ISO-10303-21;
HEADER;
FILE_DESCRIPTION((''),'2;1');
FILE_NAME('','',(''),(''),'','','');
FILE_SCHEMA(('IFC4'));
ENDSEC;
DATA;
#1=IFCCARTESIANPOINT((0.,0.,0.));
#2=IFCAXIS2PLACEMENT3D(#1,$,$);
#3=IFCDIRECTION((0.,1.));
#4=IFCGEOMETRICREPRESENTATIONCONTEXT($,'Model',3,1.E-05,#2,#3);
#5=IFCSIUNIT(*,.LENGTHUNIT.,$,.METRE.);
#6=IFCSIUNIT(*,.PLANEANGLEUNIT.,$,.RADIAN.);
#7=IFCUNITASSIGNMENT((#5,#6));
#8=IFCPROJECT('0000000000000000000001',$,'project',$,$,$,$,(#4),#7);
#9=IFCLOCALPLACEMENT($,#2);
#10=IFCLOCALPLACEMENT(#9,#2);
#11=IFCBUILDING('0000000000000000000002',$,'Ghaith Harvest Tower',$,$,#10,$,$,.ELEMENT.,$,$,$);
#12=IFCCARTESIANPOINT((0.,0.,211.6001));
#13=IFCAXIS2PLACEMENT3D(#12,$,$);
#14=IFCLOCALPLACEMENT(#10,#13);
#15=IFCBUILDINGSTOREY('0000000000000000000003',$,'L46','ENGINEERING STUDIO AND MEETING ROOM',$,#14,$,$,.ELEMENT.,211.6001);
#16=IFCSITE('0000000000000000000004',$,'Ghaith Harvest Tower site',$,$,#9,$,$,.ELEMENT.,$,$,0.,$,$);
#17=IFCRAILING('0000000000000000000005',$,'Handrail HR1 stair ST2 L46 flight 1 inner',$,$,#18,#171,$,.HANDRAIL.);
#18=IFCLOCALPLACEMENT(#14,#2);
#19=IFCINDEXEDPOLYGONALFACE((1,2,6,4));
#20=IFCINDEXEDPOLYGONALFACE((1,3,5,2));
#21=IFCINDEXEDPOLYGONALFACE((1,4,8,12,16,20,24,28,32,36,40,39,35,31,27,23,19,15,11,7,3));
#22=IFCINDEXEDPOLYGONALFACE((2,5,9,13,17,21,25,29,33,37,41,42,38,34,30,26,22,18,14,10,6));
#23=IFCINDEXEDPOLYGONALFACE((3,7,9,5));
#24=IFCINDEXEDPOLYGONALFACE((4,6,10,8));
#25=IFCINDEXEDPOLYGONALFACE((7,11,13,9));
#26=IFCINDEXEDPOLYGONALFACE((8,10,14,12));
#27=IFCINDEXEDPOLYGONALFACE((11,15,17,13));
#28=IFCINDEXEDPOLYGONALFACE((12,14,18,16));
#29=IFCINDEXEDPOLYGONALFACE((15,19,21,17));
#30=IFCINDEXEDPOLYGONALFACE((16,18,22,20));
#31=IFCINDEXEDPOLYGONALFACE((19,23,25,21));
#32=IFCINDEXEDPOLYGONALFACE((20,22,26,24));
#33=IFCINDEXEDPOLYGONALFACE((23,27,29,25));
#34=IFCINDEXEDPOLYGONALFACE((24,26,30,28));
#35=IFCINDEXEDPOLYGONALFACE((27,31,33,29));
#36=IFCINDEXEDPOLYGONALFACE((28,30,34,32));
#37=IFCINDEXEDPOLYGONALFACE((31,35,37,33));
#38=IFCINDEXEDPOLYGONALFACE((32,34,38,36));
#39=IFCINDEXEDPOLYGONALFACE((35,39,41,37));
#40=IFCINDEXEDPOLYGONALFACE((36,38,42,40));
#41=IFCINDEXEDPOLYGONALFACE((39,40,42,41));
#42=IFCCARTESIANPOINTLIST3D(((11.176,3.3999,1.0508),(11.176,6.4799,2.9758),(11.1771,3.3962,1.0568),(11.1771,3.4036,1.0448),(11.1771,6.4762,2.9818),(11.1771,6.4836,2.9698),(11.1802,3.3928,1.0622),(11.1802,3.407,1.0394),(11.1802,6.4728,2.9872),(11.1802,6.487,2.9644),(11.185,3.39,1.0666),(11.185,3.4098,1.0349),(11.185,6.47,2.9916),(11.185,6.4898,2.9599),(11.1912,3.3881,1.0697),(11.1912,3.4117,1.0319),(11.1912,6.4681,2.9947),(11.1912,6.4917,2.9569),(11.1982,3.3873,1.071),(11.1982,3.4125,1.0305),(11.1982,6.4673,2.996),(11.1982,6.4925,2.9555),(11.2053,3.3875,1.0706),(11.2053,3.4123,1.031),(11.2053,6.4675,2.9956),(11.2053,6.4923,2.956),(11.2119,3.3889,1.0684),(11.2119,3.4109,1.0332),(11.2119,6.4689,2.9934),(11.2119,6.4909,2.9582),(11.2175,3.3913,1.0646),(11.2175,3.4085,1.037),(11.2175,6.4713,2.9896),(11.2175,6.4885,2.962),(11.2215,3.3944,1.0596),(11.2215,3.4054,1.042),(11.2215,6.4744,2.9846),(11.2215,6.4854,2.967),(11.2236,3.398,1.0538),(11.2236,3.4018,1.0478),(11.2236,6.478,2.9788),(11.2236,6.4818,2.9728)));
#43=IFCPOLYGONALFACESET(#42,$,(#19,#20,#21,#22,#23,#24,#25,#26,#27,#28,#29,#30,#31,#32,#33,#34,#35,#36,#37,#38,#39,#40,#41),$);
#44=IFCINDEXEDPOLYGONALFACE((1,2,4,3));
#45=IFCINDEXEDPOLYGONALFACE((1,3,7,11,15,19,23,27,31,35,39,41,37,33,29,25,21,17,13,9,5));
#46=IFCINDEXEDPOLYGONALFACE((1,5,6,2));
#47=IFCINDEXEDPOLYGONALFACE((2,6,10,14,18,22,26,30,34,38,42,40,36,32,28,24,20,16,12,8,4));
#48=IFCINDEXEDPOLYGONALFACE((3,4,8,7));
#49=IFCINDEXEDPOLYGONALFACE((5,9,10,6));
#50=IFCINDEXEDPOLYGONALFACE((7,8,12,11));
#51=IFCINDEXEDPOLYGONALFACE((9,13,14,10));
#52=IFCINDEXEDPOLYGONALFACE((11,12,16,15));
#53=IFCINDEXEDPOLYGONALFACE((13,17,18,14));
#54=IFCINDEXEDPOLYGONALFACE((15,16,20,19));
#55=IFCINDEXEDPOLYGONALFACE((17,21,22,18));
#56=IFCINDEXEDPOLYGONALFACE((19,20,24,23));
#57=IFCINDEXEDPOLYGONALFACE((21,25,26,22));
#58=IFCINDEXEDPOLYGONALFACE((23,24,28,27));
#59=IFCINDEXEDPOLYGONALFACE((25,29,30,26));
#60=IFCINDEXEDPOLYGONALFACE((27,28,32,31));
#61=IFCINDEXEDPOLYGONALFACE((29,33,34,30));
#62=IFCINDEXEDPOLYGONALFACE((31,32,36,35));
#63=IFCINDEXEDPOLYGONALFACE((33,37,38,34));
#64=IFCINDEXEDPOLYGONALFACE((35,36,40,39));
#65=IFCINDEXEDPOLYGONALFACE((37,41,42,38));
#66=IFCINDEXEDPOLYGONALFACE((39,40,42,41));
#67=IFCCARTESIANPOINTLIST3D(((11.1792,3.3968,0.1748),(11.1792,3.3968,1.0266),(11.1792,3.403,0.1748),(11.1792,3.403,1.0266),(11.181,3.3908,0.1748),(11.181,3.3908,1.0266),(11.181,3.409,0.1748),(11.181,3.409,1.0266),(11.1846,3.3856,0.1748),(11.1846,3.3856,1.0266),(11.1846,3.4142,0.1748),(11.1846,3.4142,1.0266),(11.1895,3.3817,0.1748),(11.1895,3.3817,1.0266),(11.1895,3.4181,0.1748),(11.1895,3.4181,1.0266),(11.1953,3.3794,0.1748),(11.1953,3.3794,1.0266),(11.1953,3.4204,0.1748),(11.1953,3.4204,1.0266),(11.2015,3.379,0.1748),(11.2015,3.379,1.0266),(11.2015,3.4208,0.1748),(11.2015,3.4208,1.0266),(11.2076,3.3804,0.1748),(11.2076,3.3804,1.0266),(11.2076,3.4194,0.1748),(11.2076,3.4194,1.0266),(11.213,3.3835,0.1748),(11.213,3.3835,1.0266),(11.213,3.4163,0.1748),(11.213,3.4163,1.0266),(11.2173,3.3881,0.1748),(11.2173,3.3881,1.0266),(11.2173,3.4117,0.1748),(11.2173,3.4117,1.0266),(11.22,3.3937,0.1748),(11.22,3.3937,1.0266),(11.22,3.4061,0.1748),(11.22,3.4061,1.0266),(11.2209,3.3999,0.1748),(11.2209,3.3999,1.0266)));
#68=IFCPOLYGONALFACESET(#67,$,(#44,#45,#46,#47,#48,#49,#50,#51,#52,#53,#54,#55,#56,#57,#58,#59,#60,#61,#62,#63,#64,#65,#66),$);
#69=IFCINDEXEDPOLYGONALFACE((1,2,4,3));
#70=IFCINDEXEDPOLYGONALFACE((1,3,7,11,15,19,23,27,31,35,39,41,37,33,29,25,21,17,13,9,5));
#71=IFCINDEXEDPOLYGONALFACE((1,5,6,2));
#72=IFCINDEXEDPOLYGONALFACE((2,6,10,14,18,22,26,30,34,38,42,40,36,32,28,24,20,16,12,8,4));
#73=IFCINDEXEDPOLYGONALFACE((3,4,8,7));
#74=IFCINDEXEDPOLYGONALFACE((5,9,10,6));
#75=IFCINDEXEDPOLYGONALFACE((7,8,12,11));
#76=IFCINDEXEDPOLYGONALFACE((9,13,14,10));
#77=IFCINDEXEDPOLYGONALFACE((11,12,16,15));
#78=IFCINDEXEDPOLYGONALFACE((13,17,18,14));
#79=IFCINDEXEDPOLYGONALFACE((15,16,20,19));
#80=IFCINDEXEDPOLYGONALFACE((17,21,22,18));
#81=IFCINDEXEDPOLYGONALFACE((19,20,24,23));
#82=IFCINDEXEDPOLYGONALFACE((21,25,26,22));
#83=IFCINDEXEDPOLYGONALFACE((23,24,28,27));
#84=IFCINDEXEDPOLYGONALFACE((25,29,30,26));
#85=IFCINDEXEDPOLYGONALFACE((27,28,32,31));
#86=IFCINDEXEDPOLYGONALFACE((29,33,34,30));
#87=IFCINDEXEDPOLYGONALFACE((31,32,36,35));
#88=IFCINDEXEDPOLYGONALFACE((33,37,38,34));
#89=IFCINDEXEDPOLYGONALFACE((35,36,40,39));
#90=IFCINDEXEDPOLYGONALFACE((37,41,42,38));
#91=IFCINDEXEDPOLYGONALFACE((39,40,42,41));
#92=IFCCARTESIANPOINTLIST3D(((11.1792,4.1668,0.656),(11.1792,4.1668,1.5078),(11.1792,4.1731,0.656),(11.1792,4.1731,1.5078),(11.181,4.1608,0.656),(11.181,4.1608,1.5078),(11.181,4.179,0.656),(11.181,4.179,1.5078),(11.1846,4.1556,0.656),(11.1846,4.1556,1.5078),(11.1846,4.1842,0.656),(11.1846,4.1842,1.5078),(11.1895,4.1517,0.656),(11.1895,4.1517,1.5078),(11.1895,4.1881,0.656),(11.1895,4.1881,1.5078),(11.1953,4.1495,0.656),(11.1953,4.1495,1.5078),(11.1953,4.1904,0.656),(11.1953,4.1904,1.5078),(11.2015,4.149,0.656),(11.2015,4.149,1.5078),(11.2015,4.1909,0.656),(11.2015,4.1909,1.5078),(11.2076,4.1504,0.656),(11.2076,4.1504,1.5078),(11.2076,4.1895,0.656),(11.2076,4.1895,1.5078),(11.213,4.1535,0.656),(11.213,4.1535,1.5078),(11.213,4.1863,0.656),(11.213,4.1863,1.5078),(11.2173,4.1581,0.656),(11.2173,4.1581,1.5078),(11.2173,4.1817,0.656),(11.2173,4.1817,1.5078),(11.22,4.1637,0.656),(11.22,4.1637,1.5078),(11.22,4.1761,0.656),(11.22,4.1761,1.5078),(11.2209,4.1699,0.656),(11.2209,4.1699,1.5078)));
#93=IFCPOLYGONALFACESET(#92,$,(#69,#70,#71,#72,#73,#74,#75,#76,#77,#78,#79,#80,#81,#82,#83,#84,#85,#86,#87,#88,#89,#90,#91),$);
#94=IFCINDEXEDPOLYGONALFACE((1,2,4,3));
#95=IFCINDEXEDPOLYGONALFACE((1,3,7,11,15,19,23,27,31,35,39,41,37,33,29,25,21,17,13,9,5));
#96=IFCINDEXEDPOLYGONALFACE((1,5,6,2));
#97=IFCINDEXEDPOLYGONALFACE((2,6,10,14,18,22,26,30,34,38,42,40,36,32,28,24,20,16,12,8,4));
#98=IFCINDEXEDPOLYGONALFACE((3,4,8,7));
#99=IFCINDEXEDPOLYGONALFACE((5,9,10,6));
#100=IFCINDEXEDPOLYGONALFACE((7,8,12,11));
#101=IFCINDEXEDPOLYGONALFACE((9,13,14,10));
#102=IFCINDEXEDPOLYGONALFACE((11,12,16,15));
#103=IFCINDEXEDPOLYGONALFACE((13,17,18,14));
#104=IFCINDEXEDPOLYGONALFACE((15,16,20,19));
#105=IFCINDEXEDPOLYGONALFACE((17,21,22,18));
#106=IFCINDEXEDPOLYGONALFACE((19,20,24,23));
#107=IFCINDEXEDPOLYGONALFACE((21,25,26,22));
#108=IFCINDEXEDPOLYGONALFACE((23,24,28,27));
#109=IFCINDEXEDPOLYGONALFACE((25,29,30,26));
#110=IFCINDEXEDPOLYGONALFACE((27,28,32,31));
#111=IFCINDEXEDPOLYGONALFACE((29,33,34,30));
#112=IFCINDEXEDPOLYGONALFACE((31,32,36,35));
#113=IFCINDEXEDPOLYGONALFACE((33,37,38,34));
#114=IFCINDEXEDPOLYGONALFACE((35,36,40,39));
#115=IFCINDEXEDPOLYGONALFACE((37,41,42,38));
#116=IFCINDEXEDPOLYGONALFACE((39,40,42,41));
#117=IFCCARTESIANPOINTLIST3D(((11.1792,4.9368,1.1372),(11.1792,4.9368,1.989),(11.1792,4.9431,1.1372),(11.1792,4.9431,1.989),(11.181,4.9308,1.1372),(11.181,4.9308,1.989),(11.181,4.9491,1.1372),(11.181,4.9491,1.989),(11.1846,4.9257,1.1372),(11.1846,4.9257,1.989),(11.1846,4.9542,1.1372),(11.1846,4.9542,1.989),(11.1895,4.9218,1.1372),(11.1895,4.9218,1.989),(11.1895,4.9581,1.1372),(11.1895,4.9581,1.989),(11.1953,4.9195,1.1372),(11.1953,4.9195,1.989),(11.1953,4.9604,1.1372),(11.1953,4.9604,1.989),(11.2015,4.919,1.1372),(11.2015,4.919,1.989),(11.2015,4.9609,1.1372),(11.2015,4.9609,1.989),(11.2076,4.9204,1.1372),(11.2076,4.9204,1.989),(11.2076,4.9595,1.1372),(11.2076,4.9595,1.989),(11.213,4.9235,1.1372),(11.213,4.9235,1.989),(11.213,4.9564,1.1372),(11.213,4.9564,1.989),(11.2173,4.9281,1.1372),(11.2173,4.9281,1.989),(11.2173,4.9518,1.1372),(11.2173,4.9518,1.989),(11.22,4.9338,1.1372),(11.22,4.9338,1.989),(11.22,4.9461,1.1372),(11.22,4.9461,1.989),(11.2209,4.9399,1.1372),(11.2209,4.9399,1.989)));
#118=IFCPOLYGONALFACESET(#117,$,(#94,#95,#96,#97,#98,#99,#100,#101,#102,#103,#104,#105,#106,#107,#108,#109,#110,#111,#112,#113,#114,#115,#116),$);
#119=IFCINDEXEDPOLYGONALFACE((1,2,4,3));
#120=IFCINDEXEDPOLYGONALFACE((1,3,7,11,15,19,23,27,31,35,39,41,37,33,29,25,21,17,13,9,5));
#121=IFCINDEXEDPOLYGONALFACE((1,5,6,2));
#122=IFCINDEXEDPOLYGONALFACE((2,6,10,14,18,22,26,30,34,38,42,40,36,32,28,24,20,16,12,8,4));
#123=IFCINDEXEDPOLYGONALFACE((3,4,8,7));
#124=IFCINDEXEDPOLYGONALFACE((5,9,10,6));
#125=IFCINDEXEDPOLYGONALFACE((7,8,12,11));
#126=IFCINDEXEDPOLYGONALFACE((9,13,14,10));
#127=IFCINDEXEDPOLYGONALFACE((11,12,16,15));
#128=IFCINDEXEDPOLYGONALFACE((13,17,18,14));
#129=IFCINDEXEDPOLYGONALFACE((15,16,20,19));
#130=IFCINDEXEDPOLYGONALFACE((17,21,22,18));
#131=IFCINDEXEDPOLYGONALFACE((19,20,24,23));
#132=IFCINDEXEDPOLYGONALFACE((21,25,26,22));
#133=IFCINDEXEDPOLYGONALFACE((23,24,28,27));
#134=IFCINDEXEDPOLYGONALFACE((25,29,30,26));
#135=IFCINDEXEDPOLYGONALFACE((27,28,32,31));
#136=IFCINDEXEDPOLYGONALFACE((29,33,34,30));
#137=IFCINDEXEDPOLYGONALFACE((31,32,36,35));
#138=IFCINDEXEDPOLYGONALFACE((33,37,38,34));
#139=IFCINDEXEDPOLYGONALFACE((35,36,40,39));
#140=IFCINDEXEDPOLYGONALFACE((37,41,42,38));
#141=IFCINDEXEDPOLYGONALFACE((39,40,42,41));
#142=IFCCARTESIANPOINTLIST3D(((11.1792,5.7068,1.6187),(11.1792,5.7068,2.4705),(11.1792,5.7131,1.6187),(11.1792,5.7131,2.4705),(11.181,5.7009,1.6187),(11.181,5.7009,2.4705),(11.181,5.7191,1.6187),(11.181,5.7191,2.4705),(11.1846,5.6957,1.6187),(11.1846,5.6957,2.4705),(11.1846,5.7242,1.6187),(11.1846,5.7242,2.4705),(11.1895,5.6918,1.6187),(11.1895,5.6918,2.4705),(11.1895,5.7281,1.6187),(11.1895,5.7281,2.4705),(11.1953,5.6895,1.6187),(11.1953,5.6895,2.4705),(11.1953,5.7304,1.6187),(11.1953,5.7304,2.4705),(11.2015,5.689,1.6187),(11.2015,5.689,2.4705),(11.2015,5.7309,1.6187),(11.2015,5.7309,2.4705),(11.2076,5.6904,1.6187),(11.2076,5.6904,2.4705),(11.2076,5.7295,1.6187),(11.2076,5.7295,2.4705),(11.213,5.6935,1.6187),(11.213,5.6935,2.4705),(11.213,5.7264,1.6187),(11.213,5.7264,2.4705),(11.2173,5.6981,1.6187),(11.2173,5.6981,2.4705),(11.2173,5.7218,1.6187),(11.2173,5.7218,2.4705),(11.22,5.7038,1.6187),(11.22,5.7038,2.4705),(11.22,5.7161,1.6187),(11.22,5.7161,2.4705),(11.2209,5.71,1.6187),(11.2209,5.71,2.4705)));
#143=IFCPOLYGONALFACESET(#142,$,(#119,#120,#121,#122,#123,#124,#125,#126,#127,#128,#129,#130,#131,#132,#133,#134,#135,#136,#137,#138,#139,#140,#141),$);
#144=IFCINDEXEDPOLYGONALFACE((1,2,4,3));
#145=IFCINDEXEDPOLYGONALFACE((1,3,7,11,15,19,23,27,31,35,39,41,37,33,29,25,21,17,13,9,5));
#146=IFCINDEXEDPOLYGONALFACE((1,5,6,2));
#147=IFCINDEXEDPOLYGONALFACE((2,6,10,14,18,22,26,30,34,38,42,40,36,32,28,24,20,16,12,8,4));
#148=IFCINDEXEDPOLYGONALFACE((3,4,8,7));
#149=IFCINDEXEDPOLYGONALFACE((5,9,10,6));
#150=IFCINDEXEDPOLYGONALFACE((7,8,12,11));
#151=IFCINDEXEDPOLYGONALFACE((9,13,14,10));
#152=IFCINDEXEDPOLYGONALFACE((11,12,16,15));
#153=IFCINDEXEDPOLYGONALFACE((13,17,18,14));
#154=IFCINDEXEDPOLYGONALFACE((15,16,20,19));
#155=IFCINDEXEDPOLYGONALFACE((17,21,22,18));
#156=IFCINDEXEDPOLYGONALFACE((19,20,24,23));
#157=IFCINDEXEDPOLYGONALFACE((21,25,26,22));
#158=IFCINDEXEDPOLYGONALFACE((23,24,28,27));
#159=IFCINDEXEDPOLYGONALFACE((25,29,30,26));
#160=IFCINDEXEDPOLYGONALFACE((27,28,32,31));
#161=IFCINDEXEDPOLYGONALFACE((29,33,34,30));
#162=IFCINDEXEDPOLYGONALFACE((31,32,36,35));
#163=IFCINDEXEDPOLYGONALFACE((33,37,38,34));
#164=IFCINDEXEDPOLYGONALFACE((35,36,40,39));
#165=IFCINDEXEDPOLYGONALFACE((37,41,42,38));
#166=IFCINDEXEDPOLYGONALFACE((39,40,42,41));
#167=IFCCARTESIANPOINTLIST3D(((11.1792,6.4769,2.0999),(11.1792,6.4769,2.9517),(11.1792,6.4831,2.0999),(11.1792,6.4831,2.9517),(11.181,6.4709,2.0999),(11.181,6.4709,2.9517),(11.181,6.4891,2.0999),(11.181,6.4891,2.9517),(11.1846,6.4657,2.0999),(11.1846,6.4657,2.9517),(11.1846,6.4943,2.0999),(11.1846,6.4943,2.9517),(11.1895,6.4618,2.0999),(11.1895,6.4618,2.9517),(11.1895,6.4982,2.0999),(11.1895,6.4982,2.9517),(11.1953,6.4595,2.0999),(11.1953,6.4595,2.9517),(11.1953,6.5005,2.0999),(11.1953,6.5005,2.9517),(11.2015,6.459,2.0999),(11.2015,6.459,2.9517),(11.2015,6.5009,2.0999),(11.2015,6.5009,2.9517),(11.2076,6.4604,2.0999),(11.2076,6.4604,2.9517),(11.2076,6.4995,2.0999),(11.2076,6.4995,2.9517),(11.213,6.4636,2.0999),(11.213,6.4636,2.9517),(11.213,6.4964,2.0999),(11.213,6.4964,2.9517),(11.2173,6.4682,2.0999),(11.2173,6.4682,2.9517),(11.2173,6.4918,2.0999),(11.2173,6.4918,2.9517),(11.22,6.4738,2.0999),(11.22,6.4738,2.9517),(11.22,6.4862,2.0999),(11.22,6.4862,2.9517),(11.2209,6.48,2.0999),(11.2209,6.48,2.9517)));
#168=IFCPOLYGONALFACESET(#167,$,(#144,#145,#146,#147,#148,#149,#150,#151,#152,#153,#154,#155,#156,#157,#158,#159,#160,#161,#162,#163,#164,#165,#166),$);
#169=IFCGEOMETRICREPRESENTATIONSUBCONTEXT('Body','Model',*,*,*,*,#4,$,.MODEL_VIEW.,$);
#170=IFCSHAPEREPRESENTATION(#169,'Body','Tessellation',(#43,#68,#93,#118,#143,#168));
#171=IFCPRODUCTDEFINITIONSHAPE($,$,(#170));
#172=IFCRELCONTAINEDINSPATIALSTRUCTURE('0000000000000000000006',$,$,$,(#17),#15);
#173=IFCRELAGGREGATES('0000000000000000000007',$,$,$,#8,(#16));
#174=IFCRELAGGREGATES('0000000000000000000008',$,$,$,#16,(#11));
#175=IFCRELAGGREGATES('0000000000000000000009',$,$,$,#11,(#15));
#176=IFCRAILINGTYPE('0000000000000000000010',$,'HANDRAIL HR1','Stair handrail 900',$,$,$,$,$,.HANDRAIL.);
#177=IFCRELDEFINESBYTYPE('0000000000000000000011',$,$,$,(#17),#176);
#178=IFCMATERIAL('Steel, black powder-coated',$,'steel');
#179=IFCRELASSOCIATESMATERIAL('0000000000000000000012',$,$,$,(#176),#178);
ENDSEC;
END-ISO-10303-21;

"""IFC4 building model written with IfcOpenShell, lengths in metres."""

from ifc_helpers import new_model, si_unit, direction, frame, origin, origin_2d, place, context, subcontext, project, spatial, circle, extrude, material, type_object, element, save


model = new_model("IFC4")

# Units and contexts
model_context = context("Model", 3, precision=1e-05, world=origin(), true_north=direction((0.0, 1.0)))
body_context = subcontext(model_context, "Body", "Model", "MODEL_VIEW")
ifc_project = project(units=[si_unit("LENGTHUNIT", "METRE"), si_unit("PLANEANGLEUNIT", "RADIAN")], contexts=[model_context])

# Site, building, storey
site_placement = place(None, origin())
site = spatial("IfcSite", under=ifc_project, at=site_placement, Name="Ghaith Harvest Tower site", CompositionType="ELEMENT", RefElevation=0.0)
building_placement = place(site_placement, origin())
building = spatial("IfcBuilding", under=site, at=building_placement, Name="Ghaith Harvest Tower", CompositionType="ELEMENT")
storey_placement = place(building_placement, frame((0.0, 0.0, 211.6001)))
storey = spatial("IfcBuildingStorey", under=building, at=storey_placement, Name="L46", Description="ENGINEERING STUDIO AND MEETING ROOM", CompositionType="ELEMENT", Elevation=211.6001)

# Railing
ifc_material_1 = material(Name="Steel, black powder-coated", Category="steel")
railing_type = type_object("IfcRailingType", Name="HANDRAIL HR1", Description="Stair handrail 900", PredefinedType="HANDRAIL", material=ifc_material_1)
railing_1_placement = place(storey_placement, frame((11.2, 3.3999, 0.1748)))
element("IfcRailing", 1, at=railing_1_placement, inside=storey, type_object=railing_type, Name="Handrail HR1 stair ST2 L46 flight 1 inner", PredefinedType="HANDRAIL", context=body_context, shape_type="SweptSolid", body=[
    extrude(circle(Radius=0.0239, at=origin_2d()), frame((0.0, 0.0, 0.876), z_axis=(0.0, 0.847998, 0.529999), x_axis=(-1.0, 0.0, 0.0)), (0.0, 0.0, 1.0), 3.6321),
    extrude(circle(Radius=0.021, at=origin_2d()), origin(), (0.0, 0.0, 1.0), 0.8518),
    extrude(circle(Radius=0.021, at=origin_2d()), frame((0.0, 0.77, 0.4812)), (0.0, 0.0, 1.0), 0.8518),
    extrude(circle(Radius=0.021, at=origin_2d()), frame((0.0, 1.54, 0.9624)), (0.0, 0.0, 1.0), 0.8518),
    extrude(circle(Radius=0.021, at=origin_2d()), frame((0.0, 2.3101, 1.4438)), (0.0, 0.0, 1.0), 0.8518),
    extrude(circle(Radius=0.021, at=origin_2d()), frame((0.0, 3.0801, 1.925)), (0.0, 0.0, 1.0), 0.8518),
])

save(model, "model.ifc")
